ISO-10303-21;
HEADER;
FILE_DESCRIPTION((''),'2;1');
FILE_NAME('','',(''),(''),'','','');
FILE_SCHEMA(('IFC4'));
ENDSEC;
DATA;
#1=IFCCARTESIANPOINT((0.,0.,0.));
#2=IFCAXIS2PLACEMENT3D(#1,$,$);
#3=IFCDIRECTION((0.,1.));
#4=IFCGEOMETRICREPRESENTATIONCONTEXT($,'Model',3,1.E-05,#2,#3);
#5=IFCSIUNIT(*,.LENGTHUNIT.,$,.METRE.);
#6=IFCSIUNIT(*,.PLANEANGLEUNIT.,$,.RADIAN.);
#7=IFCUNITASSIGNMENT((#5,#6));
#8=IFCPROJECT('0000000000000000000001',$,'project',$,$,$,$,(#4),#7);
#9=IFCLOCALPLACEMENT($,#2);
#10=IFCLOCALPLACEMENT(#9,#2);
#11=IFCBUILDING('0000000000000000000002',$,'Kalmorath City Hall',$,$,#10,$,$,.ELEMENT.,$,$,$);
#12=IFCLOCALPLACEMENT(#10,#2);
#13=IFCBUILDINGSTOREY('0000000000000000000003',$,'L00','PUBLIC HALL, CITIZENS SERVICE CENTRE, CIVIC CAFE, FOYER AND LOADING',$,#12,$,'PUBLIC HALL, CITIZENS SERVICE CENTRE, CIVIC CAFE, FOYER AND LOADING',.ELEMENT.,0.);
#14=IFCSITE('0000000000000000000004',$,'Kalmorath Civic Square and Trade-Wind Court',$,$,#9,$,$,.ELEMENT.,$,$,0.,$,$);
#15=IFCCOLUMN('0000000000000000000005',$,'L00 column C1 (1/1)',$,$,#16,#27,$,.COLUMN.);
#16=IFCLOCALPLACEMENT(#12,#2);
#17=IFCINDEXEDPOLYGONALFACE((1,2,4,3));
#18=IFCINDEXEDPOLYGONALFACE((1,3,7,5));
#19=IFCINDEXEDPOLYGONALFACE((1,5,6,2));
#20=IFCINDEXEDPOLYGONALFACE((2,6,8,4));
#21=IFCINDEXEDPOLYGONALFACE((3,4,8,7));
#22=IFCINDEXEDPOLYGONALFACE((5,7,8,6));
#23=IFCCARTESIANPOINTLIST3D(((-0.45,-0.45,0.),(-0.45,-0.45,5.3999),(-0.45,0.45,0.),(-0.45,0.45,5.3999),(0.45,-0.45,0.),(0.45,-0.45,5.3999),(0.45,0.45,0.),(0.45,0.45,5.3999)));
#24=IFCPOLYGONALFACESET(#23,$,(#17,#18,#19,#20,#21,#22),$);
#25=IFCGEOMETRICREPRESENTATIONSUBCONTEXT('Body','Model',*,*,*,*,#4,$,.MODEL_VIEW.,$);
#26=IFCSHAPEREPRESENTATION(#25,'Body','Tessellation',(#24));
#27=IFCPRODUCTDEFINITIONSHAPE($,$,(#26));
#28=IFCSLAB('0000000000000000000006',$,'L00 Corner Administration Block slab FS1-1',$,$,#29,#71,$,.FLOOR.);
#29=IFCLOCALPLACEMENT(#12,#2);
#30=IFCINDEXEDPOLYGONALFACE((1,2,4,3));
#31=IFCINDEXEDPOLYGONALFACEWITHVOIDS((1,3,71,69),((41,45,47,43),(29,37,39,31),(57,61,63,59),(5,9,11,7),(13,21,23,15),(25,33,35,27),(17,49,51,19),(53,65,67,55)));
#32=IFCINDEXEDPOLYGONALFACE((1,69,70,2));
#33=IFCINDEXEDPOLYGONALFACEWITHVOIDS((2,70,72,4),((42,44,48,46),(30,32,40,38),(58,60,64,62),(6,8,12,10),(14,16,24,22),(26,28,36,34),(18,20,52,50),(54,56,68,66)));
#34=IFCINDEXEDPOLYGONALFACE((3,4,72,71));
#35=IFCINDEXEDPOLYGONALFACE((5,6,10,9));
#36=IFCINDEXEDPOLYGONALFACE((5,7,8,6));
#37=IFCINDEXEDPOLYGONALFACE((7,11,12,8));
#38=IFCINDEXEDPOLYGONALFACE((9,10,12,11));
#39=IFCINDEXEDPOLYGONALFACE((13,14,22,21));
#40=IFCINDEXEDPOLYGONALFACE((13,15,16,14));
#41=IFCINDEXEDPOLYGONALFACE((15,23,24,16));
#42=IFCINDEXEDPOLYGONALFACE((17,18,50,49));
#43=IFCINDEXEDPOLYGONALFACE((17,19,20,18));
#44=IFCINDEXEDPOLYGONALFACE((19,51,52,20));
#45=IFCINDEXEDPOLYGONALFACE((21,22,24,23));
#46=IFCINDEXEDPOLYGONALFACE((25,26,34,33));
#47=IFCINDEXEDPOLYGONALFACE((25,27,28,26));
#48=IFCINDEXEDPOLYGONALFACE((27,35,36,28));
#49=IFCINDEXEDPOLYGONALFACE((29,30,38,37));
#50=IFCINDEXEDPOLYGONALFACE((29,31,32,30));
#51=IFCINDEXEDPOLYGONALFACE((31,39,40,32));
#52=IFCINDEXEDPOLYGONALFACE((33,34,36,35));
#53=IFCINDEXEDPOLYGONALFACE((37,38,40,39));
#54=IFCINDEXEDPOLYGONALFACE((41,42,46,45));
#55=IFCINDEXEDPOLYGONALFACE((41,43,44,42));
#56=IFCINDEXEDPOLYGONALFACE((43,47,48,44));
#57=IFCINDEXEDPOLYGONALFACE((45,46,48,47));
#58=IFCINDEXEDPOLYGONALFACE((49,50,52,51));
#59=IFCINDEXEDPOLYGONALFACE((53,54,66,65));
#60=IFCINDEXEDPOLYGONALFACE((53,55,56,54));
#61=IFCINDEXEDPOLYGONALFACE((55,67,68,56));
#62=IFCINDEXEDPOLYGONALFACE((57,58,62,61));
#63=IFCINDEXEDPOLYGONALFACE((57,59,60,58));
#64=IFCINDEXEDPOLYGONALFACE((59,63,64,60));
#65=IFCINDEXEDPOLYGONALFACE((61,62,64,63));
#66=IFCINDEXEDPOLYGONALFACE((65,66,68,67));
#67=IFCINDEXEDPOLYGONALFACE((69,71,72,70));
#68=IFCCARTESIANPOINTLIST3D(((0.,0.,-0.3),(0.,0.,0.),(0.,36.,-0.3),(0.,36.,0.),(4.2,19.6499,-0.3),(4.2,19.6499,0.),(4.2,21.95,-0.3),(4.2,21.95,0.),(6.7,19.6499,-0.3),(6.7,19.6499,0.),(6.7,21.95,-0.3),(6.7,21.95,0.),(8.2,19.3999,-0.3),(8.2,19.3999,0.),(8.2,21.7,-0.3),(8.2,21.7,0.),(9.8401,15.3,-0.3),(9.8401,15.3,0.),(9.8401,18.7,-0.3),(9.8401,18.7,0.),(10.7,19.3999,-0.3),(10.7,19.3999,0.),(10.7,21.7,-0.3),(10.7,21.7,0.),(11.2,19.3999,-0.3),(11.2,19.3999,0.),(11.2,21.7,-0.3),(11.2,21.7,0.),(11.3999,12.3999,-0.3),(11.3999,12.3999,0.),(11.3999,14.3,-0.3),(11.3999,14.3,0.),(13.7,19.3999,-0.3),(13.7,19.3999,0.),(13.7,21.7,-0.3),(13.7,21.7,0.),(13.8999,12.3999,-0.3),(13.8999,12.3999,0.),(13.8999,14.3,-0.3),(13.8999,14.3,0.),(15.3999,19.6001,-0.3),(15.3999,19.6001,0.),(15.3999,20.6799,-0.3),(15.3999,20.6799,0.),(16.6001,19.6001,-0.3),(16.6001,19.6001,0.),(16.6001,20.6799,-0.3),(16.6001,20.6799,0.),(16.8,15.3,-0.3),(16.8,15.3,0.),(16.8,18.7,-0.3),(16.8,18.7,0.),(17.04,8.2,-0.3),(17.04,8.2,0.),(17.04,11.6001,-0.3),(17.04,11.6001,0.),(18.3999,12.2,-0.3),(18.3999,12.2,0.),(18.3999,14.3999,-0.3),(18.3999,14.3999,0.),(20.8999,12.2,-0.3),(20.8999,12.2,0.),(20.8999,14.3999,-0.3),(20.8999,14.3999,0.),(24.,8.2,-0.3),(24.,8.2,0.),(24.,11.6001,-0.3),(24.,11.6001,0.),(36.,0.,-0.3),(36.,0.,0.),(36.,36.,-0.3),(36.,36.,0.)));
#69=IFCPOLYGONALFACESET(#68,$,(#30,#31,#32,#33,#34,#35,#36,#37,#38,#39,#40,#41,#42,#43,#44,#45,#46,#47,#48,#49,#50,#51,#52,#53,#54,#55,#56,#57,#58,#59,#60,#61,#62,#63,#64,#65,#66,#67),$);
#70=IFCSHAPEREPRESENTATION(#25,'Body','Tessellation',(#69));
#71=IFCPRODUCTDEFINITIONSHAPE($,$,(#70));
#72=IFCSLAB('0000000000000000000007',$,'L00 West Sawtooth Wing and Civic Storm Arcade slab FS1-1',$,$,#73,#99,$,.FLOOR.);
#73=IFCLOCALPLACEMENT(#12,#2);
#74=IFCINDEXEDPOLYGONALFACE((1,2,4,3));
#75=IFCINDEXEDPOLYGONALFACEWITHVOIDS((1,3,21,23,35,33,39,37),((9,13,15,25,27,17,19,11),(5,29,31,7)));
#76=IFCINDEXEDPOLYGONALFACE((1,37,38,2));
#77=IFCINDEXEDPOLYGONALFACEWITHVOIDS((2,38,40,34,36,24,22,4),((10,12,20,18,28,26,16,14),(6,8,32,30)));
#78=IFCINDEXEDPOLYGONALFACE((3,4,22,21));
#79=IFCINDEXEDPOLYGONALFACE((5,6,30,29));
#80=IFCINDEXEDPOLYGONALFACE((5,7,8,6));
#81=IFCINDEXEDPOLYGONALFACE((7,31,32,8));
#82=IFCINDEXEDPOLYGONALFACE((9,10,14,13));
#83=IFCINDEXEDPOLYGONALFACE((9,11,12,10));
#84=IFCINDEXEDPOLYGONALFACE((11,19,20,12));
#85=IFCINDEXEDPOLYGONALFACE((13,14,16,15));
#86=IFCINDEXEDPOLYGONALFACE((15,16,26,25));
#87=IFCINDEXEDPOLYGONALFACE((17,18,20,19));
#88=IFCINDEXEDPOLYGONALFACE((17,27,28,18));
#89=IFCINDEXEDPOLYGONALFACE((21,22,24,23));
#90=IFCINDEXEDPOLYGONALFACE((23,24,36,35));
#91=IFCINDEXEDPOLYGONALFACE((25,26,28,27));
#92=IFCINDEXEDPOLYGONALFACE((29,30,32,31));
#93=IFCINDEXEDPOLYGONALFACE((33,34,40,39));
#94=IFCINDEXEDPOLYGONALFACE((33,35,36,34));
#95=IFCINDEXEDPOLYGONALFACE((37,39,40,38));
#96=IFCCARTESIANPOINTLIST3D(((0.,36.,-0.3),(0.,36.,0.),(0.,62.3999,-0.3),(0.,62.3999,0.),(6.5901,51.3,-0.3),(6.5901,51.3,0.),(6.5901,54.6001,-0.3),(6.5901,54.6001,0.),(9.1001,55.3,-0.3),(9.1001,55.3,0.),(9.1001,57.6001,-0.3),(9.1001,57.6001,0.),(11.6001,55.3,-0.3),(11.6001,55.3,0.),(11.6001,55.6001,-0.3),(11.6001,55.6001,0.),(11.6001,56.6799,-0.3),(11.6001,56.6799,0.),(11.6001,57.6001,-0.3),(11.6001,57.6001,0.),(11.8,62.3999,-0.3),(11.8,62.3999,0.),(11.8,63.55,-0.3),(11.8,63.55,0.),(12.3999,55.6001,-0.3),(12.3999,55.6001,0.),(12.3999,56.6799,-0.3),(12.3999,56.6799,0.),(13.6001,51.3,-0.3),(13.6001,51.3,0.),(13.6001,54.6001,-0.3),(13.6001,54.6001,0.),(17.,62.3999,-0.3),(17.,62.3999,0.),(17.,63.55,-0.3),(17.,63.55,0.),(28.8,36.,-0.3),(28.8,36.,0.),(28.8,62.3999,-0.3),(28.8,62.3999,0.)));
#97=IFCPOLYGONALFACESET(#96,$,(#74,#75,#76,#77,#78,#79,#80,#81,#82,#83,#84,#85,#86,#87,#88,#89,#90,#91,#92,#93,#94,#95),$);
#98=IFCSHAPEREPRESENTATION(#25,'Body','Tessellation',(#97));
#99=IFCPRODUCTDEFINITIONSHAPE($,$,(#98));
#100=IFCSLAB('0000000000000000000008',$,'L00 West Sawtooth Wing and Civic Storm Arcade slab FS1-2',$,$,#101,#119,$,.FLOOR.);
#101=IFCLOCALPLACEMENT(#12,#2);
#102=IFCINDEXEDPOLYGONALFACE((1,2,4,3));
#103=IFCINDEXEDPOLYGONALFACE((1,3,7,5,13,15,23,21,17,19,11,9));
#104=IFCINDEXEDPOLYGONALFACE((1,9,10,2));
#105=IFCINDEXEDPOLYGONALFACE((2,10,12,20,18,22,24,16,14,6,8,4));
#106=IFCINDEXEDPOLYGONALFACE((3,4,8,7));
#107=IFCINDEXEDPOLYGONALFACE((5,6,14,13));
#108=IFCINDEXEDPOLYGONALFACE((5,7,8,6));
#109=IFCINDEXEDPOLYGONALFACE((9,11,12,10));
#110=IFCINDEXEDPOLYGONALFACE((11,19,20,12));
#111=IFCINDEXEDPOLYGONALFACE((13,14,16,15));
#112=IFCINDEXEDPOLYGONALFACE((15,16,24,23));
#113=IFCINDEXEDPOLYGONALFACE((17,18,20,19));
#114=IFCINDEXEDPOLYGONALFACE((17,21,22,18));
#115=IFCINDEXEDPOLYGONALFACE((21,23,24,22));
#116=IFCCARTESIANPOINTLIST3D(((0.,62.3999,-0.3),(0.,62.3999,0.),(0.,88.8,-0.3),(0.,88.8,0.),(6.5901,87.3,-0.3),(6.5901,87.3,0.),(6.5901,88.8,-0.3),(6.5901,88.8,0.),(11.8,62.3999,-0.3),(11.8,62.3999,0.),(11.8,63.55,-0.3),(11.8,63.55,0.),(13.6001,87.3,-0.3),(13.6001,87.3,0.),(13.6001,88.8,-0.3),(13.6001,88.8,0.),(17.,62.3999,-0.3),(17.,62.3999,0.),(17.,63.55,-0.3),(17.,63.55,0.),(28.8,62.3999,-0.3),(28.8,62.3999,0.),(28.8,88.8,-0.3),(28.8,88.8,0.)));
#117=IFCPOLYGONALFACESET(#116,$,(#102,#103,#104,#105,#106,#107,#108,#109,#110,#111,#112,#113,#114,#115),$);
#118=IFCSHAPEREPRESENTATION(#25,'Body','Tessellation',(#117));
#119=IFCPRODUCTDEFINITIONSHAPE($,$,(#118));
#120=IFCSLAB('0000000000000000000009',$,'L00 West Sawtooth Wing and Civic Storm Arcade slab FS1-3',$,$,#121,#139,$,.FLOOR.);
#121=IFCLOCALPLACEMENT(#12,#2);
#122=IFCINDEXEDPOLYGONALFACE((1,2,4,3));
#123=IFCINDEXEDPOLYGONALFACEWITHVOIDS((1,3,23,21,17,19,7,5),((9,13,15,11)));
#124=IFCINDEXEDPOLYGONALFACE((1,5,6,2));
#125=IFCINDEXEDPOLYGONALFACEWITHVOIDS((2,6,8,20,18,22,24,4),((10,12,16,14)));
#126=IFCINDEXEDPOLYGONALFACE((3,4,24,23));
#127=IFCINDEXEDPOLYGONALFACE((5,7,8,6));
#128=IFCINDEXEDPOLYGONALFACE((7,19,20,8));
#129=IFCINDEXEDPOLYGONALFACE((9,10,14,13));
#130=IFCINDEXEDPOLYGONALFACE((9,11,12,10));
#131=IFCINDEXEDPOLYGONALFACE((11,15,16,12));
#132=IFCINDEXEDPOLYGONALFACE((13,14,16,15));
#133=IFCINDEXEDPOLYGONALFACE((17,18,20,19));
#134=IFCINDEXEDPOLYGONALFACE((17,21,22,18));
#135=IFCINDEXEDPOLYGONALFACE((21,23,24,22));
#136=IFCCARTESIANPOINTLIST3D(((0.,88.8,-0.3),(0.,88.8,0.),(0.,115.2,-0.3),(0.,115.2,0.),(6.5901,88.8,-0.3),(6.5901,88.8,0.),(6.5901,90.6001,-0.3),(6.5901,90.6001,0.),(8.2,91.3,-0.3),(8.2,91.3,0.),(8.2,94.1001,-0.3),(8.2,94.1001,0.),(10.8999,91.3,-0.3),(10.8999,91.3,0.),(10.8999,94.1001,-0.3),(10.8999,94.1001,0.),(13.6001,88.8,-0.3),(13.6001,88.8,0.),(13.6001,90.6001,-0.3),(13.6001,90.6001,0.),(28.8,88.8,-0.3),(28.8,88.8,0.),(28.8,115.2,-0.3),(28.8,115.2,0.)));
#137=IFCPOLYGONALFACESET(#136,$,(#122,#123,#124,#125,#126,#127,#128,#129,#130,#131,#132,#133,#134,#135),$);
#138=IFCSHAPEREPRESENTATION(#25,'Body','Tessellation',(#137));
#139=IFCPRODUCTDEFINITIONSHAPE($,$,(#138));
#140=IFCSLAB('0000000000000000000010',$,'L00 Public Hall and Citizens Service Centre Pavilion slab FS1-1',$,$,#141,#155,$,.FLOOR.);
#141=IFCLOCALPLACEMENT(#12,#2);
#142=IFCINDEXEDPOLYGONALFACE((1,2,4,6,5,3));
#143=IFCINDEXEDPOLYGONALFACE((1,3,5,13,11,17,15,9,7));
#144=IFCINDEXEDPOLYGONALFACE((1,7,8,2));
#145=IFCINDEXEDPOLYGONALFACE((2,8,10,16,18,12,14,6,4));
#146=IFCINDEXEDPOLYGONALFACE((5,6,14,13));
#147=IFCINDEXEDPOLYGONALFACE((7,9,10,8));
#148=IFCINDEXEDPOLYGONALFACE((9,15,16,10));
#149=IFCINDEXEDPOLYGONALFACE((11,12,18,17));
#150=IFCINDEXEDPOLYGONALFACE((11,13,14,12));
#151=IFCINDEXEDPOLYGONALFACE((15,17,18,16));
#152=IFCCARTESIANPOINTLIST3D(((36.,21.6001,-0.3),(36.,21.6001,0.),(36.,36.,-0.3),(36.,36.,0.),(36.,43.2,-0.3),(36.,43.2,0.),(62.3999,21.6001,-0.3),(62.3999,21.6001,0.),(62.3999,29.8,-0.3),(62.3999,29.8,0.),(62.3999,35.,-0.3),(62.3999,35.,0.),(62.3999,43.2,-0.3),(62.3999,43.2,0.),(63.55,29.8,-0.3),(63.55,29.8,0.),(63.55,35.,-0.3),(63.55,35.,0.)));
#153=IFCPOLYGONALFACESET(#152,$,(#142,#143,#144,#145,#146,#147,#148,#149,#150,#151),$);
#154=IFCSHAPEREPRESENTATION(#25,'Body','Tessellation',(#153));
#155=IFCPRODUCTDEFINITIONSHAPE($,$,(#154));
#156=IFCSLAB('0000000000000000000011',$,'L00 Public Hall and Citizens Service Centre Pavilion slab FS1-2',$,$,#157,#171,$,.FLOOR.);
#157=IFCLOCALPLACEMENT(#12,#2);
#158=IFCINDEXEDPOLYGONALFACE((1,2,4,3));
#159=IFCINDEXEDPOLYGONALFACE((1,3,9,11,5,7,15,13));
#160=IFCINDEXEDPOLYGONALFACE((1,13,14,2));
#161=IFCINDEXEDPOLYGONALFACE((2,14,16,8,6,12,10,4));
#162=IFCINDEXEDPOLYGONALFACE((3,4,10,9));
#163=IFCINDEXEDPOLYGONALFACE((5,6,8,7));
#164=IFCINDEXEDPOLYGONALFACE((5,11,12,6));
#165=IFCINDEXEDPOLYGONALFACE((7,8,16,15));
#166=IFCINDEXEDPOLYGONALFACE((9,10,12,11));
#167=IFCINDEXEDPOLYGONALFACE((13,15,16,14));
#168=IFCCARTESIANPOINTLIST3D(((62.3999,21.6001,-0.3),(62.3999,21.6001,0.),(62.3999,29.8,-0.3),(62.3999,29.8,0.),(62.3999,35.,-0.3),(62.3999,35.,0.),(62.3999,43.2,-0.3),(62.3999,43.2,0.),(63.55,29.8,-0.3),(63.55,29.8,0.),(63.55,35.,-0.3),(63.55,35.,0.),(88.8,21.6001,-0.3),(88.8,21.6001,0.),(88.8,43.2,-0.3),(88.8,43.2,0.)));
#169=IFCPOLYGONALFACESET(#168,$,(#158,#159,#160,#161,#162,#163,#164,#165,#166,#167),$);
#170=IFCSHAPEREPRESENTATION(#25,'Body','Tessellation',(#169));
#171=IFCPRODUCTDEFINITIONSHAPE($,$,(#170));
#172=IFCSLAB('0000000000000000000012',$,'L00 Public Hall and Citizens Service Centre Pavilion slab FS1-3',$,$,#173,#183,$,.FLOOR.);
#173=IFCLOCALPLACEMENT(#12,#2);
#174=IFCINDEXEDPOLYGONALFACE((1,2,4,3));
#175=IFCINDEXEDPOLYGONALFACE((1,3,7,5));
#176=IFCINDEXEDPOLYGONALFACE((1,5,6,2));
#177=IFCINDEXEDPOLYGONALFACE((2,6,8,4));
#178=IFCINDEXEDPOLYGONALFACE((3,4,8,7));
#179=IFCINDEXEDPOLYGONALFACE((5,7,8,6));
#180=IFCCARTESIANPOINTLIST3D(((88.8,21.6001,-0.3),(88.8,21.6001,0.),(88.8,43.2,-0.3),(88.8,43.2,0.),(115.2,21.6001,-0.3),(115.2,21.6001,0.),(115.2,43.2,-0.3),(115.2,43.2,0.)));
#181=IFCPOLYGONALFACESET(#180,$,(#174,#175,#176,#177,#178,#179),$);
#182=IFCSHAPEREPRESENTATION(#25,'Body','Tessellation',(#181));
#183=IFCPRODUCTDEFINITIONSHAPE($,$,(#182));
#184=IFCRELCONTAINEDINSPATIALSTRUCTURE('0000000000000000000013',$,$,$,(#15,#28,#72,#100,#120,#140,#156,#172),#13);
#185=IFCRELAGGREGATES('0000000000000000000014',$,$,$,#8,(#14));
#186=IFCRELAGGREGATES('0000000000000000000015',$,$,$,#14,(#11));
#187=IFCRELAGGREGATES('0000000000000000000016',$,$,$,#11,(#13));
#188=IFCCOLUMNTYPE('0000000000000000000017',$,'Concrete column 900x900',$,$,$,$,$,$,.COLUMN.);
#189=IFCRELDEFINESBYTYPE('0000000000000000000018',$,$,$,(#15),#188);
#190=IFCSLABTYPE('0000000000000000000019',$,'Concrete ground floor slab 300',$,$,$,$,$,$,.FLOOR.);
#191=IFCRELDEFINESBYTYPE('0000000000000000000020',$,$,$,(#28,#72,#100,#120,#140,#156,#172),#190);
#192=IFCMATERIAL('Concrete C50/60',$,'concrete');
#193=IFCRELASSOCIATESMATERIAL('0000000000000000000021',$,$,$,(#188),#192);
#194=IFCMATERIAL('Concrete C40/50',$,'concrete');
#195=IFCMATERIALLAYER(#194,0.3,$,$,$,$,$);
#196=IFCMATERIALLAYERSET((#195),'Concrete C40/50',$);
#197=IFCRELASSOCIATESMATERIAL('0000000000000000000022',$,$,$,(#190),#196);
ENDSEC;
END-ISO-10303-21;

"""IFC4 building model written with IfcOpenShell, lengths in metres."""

from ifc_helpers import new_model, si_unit, direction, frame, origin, origin_with_axes, origin_2d, place, context, subcontext, project, spatial, polyline, rectangle, outline, extrude, material, layer, layer_set, material_profile, profile_set, type_object, element, save


model = new_model("IFC4")

# Units and contexts
model_context = context("Model", 3, precision=1e-05, world=origin(), true_north=direction((0.0, 1.0)))
body_context = subcontext(model_context, "Body", "Model", "MODEL_VIEW")
ifc_project = project(units=[si_unit("LENGTHUNIT", "METRE"), si_unit("PLANEANGLEUNIT", "RADIAN")], contexts=[model_context])

# Site, building, storey
site_placement = place(None, origin())
site = spatial("IfcSite", under=ifc_project, at=site_placement, Name="Kalmorath Civic Square and Trade-Wind Court", CompositionType="ELEMENT", RefElevation=0.0)
building_placement = place(site_placement, origin())
building = spatial("IfcBuilding", under=site, at=building_placement, Name="Kalmorath City Hall", CompositionType="ELEMENT")
storey_placement = place(building_placement, origin())
storey = spatial("IfcBuildingStorey", under=building, at=storey_placement, Name="L00", Description="PUBLIC HALL, CITIZENS SERVICE CENTRE, CIVIC CAFE, FOYER AND LOADING", LongName="PUBLIC HALL, CITIZENS SERVICE CENTRE, CIVIC CAFE, FOYER AND LOADING", CompositionType="ELEMENT", Elevation=0.0)

# Column
ifc_material_1 = material(Name="Concrete C50/60", Category="concrete")
ifc_material_profile = material_profile(ifc_material_1, rectangle(XDim=0.8999, YDim=0.8999, at=origin_2d()), Name="RC-COL-900X900")
ifc_profile_set = profile_set([ifc_material_profile], Name="Concrete C50/60")
column_type = type_object("IfcColumnType", Name="Concrete column 900x900", PredefinedType="COLUMN", material=ifc_profile_set)
column_placement = place(storey_placement, origin_with_axes())
element("IfcColumn", 1, at=column_placement, inside=storey, type_object=column_type, Name="L00 column C1 (1/1)", PredefinedType="COLUMN", context=body_context, shape_type="SweptSolid", body=[
    extrude(rectangle(XDim=0.8999, YDim=0.8999, at=origin_2d()), origin(), (0.0, 0.0, 1.0), 5.3999),
])

# Slabs
ifc_material_2 = material(Name="Concrete C40/50", Category="concrete")
ifc_layer_1 = layer(ifc_material_2, 0.3)
ifc_layer_set_1 = layer_set([ifc_layer_1], Name="Concrete C40/50")
slab_type_1 = type_object("IfcSlabType", Name="Concrete ground floor slab 300", PredefinedType="FLOOR", material=ifc_layer_set_1)
slab_1_placement = place(storey_placement, frame((0.0, 0.0, -0.3)))
element("IfcSlab", 2, at=slab_1_placement, inside=storey, type_object=slab_type_1, Name="L00 Corner Administration Block slab FS1-1", PredefinedType="FLOOR", context=body_context, shape_type="SweptSolid", body=[
    extrude(outline(polyline([(0.0, 36.0), (36.0, 36.0), (36.0, 0.0), (0.0, 0.0), (0.0, 36.0)]), holes=[polyline([(16.8, 15.3), (16.8, 18.7), (9.8401, 18.7), (9.8401, 15.3), (16.8, 15.3)]), polyline([(4.2, 19.6499), (6.7, 19.6499), (6.7, 21.95), (4.2, 21.95), (4.2, 19.6499)]), polyline([(8.2, 21.7), (8.2, 19.3999), (10.7, 19.3999), (10.7, 21.7), (8.2, 21.7)]), polyline([(13.7, 21.7), (11.2, 21.7), (11.2, 19.3999), (13.7, 19.3999), (13.7, 21.7)]), polyline([(24.0, 8.2), (24.0, 11.6001), (17.04, 11.6001), (17.04, 8.2), (24.0, 8.2)]), polyline([(11.3999, 12.3999), (13.8999, 12.3999), (13.8999, 14.3), (11.3999, 14.3), (11.3999, 12.3999)]), polyline([(18.3999, 14.3999), (18.3999, 12.2), (20.8999, 12.2), (20.8999, 14.3999), (18.3999, 14.3999)]), polyline([(16.6001, 20.6799), (15.3999, 20.6799), (15.3999, 19.6001), (16.6001, 19.6001), (16.6001, 20.6799)])]), origin(), (0.0, 0.0, 1.0), 0.3),
])
slab_2_placement = place(storey_placement, frame((0.0, 0.0, -0.3)))
element("IfcSlab", 3, at=slab_2_placement, inside=storey, type_object=slab_type_1, Name="L00 West Sawtooth Wing and Civic Storm Arcade slab FS1-1", PredefinedType="FLOOR", context=body_context, shape_type="SweptSolid", body=[
    extrude(outline(polyline([(0.0, 36.0), (0.0, 62.3999), (11.8, 62.3999), (11.8, 63.55), (17.0, 63.55), (17.0, 62.3999), (28.8, 62.3999), (28.8, 36.0), (0.0, 36.0)]), holes=[polyline([(6.5901, 54.6001), (6.5901, 51.3), (13.6001, 51.3), (13.6001, 54.6001), (6.5901, 54.6001)]), polyline([(11.6001, 55.6001), (12.3999, 55.6001), (12.3999, 56.6799), (11.6001, 56.6799), (11.6001, 57.6001), (9.1001, 57.6001), (9.1001, 55.3), (11.6001, 55.3), (11.6001, 55.6001)])]), origin(), (0.0, 0.0, 1.0), 0.3),
])
slab_3_placement = place(storey_placement, frame((0.0, 0.0, -0.3)))
element("IfcSlab", 4, at=slab_3_placement, inside=storey, type_object=slab_type_1, Name="L00 West Sawtooth Wing and Civic Storm Arcade slab FS1-2", PredefinedType="FLOOR", context=body_context, shape_type="SweptSolid", body=[
    extrude(outline(polyline([(17.0, 62.3999), (17.0, 63.55), (11.8, 63.55), (11.8, 62.3999), (0.0, 62.3999), (0.0, 88.8), (6.5901, 88.8), (6.5901, 87.3), (13.6001, 87.3), (13.6001, 88.8), (28.8, 88.8), (28.8, 62.3999), (17.0, 62.3999)])), origin(), (0.0, 0.0, 1.0), 0.3),
])
slab_4_placement = place(storey_placement, frame((0.0, 0.0, -0.3)))
element("IfcSlab", 5, at=slab_4_placement, inside=storey, type_object=slab_type_1, Name="L00 West Sawtooth Wing and Civic Storm Arcade slab FS1-3", PredefinedType="FLOOR", context=body_context, shape_type="SweptSolid", body=[
    extrude(outline(polyline([(28.8, 115.2), (28.8, 88.8), (13.6001, 88.8), (13.6001, 90.6001), (6.5901, 90.6001), (6.5901, 88.8), (0.0, 88.8), (0.0, 115.2), (28.8, 115.2)]), holes=[polyline([(8.2, 94.1001), (8.2, 91.3), (10.8999, 91.3), (10.8999, 94.1001), (8.2, 94.1001)])]), origin(), (0.0, 0.0, 1.0), 0.3),
])
slab_5_placement = place(storey_placement, frame((0.0, 0.0, -0.3)))
element("IfcSlab", 6, at=slab_5_placement, inside=storey, type_object=slab_type_1, Name="L00 Public Hall and Citizens Service Centre Pavilion slab FS1-1", PredefinedType="FLOOR", context=body_context, shape_type="SweptSolid", body=[
    extrude(outline(polyline([(62.3999, 35.0), (63.55, 35.0), (63.55, 29.8), (62.3999, 29.8), (62.3999, 21.6001), (36.0, 21.6001), (36.0, 36.0), (36.0, 43.2), (62.3999, 43.2), (62.3999, 35.0)])), origin(), (0.0, 0.0, 1.0), 0.3),
])
slab_6_placement = place(storey_placement, frame((0.0, 0.0, -0.3)))
element("IfcSlab", 7, at=slab_6_placement, inside=storey, type_object=slab_type_1, Name="L00 Public Hall and Citizens Service Centre Pavilion slab FS1-2", PredefinedType="FLOOR", context=body_context, shape_type="SweptSolid", body=[
    extrude(outline(polyline([(88.8, 21.6001), (62.3999, 21.6001), (62.3999, 29.8), (63.55, 29.8), (63.55, 35.0), (62.3999, 35.0), (62.3999, 43.2), (88.8, 43.2), (88.8, 21.6001)])), origin(), (0.0, 0.0, 1.0), 0.3),
])
slab_7_placement = place(storey_placement, frame((0.0, 0.0, -0.3)))
element("IfcSlab", 8, at=slab_7_placement, inside=storey, type_object=slab_type_1, Name="L00 Public Hall and Citizens Service Centre Pavilion slab FS1-3", PredefinedType="FLOOR", context=body_context, shape_type="SweptSolid", body=[
    extrude(outline(polyline([(115.2, 43.2), (115.2, 21.6001), (88.8, 21.6001), (88.8, 43.2), (115.2, 43.2)])), origin(), (0.0, 0.0, 1.0), 0.3),
])

save(model, "model.ifc")
